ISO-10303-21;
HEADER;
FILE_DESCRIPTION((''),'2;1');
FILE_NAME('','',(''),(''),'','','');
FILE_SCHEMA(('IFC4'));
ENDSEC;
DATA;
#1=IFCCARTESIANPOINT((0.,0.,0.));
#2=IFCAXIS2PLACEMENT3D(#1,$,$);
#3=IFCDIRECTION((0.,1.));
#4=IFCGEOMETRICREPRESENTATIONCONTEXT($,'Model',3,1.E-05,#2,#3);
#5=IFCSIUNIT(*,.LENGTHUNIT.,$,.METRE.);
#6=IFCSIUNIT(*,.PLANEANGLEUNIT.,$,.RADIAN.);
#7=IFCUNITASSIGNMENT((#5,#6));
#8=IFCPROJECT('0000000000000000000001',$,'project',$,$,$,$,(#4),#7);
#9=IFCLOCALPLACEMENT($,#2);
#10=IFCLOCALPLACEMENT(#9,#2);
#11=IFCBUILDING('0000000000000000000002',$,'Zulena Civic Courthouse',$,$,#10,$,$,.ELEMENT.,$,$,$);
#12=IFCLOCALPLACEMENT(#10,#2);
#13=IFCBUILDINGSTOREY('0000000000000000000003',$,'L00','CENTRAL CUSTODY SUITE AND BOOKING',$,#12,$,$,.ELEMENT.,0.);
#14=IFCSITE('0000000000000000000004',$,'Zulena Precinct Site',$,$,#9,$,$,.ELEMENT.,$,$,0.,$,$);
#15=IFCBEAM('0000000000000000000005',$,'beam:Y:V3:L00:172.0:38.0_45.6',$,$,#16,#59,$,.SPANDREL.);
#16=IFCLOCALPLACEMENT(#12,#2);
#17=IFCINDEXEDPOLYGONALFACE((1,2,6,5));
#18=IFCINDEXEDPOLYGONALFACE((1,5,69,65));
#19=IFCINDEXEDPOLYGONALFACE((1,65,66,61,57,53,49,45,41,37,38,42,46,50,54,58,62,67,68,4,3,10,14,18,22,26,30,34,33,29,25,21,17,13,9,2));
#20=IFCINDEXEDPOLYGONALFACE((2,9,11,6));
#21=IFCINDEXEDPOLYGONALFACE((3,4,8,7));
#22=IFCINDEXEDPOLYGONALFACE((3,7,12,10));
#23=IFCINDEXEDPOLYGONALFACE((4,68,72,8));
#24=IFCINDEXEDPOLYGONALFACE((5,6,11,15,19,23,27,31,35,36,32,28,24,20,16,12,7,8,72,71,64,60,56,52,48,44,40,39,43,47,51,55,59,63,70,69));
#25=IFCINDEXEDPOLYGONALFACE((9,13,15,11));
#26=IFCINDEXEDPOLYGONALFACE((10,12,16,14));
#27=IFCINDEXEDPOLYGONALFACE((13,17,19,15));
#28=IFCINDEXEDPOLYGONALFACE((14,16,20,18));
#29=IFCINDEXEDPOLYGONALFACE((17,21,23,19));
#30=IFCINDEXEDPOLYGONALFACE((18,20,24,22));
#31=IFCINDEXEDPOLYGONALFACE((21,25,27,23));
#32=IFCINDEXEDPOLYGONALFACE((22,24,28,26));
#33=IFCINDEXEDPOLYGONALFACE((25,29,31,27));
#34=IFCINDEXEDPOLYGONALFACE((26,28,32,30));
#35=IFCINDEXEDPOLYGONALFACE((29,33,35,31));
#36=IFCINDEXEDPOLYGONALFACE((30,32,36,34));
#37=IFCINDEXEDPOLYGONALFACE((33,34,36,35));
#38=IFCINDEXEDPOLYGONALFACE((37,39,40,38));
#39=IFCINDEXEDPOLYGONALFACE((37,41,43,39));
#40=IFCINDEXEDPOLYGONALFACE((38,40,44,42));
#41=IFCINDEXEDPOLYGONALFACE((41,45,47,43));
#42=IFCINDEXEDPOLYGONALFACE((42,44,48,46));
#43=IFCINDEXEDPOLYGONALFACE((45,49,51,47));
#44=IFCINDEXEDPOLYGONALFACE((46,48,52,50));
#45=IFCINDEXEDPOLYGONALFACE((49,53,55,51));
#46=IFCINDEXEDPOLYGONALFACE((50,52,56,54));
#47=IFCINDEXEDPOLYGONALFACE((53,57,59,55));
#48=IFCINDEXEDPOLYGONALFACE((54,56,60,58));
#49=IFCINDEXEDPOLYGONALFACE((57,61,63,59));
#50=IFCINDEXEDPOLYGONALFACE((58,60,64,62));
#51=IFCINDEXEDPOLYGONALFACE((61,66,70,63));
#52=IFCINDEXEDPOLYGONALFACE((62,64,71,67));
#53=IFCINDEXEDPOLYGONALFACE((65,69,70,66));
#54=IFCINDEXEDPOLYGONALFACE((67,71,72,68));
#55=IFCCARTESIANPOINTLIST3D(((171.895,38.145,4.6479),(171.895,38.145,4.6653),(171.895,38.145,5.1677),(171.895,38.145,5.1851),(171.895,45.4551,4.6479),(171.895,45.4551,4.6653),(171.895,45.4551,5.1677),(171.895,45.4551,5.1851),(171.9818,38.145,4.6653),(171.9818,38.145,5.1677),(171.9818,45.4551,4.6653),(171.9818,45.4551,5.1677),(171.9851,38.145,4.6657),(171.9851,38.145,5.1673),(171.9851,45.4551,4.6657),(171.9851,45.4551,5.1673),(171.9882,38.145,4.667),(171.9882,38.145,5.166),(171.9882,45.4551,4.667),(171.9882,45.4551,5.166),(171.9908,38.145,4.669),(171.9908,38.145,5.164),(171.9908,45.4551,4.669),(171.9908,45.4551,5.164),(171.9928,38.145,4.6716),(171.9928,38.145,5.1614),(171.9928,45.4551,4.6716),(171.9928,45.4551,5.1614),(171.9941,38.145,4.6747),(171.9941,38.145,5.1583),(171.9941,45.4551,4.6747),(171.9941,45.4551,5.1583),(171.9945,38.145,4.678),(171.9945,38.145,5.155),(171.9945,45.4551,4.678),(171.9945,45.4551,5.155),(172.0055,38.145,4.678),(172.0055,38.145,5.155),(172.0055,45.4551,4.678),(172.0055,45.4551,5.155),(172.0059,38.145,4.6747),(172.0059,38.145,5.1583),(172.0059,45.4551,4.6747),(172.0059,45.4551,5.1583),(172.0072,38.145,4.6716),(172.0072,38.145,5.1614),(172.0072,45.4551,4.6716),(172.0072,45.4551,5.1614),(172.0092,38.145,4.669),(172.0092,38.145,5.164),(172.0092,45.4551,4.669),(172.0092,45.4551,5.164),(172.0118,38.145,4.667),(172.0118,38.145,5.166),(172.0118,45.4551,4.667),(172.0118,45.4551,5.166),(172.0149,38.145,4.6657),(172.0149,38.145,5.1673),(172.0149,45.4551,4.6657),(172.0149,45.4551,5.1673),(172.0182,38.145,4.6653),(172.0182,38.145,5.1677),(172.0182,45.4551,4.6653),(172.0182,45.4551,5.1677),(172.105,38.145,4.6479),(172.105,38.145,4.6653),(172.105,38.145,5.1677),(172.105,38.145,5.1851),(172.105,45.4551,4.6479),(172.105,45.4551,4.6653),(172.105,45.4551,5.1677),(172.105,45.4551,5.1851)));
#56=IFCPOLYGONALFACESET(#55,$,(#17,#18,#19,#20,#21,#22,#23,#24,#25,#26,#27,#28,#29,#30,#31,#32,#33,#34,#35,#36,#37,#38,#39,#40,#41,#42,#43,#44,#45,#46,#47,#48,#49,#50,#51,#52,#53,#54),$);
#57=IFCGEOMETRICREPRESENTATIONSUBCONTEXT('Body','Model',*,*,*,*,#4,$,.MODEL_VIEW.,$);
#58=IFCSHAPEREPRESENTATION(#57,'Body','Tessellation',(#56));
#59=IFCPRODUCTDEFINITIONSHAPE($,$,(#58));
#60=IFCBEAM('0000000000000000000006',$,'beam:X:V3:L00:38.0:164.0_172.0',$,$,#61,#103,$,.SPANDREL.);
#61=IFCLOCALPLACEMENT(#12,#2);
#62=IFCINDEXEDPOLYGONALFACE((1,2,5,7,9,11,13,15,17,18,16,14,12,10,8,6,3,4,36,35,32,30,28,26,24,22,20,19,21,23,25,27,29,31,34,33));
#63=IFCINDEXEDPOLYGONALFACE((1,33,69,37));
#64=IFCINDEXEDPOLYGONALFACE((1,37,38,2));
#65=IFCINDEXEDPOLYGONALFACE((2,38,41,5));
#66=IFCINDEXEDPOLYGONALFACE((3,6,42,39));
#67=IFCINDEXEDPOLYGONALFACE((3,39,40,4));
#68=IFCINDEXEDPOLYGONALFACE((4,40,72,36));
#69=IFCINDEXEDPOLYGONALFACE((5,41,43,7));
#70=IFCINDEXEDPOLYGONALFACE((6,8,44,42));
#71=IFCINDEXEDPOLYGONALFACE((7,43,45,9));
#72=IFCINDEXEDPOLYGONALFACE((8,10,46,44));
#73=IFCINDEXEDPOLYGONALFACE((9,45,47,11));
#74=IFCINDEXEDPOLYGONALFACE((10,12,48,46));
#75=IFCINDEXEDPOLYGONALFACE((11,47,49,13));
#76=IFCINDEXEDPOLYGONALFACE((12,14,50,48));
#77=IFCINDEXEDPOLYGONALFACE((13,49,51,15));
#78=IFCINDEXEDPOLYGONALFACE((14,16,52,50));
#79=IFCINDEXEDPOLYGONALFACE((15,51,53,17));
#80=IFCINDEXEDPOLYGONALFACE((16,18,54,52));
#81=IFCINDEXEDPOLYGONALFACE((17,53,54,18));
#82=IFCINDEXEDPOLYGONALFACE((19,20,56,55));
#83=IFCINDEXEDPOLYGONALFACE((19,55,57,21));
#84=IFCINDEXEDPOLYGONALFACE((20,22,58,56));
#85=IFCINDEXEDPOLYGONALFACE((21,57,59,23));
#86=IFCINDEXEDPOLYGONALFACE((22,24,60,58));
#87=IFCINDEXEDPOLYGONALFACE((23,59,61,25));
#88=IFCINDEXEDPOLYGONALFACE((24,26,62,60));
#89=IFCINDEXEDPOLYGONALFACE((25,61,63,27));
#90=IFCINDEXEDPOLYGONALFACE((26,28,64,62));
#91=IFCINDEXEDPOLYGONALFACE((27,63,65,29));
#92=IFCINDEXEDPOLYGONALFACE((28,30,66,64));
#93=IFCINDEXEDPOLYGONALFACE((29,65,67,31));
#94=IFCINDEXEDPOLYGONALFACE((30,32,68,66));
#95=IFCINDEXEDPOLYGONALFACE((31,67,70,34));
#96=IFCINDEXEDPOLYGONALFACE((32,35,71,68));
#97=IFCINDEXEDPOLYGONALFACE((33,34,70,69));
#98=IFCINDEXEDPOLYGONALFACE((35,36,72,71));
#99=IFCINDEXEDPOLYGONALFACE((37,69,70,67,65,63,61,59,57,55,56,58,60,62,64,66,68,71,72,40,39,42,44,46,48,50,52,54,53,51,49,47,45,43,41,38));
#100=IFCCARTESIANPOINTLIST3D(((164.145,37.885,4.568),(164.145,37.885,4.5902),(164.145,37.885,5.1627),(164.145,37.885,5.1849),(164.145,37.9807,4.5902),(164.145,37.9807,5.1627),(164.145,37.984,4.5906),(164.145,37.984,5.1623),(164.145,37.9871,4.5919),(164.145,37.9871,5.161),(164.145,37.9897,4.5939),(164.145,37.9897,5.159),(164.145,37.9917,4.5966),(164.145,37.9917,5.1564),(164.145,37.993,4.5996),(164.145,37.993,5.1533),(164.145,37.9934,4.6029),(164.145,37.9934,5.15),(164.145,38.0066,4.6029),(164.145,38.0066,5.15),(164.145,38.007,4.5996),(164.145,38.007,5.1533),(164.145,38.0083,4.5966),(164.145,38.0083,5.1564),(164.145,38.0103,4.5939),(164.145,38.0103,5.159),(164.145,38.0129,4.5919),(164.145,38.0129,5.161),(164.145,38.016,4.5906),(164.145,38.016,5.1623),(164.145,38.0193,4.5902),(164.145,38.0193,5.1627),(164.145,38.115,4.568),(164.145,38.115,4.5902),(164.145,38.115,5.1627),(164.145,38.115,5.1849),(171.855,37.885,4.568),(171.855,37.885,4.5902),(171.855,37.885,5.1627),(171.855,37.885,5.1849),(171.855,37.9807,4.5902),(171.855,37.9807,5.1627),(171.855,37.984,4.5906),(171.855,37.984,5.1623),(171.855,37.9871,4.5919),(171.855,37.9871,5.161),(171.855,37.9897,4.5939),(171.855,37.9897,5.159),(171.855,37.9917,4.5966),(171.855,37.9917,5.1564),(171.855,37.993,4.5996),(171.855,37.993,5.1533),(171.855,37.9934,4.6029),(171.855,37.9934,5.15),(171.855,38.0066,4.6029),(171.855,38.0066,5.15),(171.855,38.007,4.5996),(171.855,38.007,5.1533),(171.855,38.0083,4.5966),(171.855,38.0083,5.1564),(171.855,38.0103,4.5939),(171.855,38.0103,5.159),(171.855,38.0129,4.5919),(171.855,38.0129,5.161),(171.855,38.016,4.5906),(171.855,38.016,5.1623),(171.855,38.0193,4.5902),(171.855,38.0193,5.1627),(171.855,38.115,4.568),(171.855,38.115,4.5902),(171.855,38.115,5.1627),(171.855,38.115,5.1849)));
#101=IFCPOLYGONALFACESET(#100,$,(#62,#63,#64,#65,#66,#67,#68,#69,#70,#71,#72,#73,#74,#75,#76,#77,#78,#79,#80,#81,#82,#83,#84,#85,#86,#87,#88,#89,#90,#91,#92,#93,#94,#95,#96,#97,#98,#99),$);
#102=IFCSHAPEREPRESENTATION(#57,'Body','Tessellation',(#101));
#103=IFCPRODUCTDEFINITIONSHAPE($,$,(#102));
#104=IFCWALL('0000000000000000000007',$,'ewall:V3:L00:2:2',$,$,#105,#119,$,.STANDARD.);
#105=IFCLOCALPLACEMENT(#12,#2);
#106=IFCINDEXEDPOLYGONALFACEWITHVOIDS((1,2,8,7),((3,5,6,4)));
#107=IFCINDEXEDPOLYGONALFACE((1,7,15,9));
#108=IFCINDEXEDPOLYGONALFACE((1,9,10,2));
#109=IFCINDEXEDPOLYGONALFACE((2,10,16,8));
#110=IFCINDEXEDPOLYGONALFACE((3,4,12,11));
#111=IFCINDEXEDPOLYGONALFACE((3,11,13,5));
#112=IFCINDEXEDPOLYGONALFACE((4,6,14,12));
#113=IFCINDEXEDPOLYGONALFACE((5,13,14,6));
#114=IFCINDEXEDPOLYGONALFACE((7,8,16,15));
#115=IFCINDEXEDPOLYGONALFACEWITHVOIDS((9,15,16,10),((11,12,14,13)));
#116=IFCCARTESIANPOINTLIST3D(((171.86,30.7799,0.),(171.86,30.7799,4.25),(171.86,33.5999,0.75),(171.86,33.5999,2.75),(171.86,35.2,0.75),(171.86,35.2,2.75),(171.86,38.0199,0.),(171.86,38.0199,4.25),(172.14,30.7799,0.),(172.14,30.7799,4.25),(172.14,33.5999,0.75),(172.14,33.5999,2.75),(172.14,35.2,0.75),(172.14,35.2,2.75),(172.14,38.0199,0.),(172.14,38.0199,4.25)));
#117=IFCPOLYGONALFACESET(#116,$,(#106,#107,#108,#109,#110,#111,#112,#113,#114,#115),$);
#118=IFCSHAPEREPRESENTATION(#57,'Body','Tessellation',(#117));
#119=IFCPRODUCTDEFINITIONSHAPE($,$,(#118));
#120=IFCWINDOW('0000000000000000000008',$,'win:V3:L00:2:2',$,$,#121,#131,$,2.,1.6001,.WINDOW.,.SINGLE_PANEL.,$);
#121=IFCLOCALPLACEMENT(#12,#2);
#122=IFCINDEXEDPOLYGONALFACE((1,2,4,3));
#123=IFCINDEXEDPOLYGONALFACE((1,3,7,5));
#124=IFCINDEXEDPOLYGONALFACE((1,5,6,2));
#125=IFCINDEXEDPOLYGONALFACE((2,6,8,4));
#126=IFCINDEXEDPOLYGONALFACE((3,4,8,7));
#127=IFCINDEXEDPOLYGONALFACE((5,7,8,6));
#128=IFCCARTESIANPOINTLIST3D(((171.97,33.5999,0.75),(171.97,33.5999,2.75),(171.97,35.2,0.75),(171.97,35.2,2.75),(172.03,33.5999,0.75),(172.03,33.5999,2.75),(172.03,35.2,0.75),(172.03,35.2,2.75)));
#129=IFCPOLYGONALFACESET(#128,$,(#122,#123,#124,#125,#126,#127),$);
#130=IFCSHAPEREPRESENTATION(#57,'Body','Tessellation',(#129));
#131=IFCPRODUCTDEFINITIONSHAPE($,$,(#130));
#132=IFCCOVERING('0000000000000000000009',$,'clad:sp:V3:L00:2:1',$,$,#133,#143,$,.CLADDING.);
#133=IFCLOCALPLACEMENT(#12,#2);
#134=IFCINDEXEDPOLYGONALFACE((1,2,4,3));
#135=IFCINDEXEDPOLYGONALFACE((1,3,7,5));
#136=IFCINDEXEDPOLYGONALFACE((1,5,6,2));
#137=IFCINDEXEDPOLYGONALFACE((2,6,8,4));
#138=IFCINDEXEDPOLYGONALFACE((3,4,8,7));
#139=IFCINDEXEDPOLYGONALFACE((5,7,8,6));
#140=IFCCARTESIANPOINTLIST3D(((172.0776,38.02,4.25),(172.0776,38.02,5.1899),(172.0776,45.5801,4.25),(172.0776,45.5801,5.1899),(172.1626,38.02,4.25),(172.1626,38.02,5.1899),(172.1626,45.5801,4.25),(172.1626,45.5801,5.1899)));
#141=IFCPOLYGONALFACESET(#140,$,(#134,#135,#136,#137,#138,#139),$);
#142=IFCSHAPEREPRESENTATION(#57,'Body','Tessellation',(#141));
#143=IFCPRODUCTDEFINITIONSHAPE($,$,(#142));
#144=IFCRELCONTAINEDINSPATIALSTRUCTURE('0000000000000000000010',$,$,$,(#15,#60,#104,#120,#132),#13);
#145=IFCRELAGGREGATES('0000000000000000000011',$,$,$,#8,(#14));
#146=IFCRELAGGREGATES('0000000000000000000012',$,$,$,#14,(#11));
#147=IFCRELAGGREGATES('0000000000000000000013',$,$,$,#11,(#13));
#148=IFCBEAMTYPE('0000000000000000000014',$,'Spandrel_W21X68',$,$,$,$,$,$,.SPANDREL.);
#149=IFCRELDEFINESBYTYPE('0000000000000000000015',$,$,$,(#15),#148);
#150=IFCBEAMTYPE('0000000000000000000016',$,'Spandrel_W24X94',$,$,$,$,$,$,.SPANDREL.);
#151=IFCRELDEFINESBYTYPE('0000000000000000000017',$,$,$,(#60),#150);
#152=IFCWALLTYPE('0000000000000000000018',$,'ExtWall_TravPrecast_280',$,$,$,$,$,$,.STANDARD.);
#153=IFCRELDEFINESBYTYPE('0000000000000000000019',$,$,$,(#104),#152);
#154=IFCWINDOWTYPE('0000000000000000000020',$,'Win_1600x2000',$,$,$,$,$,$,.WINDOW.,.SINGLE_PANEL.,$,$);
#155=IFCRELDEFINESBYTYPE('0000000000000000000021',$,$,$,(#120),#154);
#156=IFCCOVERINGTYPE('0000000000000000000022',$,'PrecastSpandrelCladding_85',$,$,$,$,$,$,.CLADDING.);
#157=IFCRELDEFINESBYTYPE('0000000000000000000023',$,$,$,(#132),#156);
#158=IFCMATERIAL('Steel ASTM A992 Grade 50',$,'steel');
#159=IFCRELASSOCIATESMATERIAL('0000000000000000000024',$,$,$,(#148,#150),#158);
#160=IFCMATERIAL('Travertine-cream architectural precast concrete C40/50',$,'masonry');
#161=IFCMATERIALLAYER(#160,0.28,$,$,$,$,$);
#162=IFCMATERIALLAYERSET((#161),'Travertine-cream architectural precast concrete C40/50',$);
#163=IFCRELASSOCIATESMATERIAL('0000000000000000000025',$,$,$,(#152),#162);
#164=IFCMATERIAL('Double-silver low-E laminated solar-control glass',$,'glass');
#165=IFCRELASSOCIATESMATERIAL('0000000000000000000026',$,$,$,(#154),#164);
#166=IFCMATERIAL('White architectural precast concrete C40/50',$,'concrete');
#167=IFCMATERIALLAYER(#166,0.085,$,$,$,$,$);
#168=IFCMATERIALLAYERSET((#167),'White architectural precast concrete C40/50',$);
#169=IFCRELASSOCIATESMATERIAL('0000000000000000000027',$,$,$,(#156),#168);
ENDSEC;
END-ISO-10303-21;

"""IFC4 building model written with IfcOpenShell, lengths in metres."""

from ifc_helpers import new_model, si_unit, direction, frame, frame_2d, origin, origin_2d, place, context, subcontext, project, spatial, rectangle, i_section, extrude, material, layer, layer_set, material_profile, profile_set, type_object, element, fill, save


model = new_model("IFC4")

# Units and contexts
model_context = context("Model", 3, precision=1e-05, world=origin(), true_north=direction((0.0, 1.0)))
body_context = subcontext(model_context, "Body", "Model", "MODEL_VIEW")
ifc_project = project(units=[si_unit("LENGTHUNIT", "METRE"), si_unit("PLANEANGLEUNIT", "RADIAN")], contexts=[model_context])

# Site, building, storey
site_placement = place(None, origin())
site = spatial("IfcSite", under=ifc_project, at=site_placement, Name="Zulena Precinct Site", CompositionType="ELEMENT", RefElevation=0.0)
building_placement = place(site_placement, origin())
building = spatial("IfcBuilding", under=site, at=building_placement, Name="Zulena Civic Courthouse", CompositionType="ELEMENT")
storey_placement = place(building_placement, origin())
storey = spatial("IfcBuildingStorey", under=building, at=storey_placement, Name="L00", Description="CENTRAL CUSTODY SUITE AND BOOKING", CompositionType="ELEMENT", Elevation=0.0)

# Shared definitions
ifc_material_1 = material(Name="Steel ASTM A992 Grade 50", Category="steel")

# Beams
ifc_material_profile_1 = material_profile(ifc_material_1, i_section(OverallWidth=0.21, OverallDepth=0.5371, WebThickness=0.011, FlangeThickness=0.0173, FilletRadius=0.0127, at=origin_2d()), Name="W21X68")
ifc_profile_set_1 = profile_set([ifc_material_profile_1], Name="Steel ASTM A992 Grade 50")
beam_type_1 = type_object("IfcBeamType", Name="Spandrel_W21X68", PredefinedType="SPANDREL", material=ifc_profile_set_1)
beam_1_placement = place(storey_placement, frame((172.0, 38.145, 4.9165), z_axis=(0.0, 1.0, 0.0), x_axis=(-1.0, 0.0, 0.0)))
element("IfcBeam", 1, at=beam_1_placement, inside=storey, type_object=beam_type_1, Name="beam:Y:V3:L00:172.0:38.0_45.6", PredefinedType="SPANDREL", context=body_context, shape_type="SweptSolid", body=[
    extrude(i_section(OverallWidth=0.21, OverallDepth=0.5371, WebThickness=0.011, FlangeThickness=0.0173, FilletRadius=0.0127, at=origin_2d()), origin(), (0.0, 0.0, 1.0), 7.3101),
])
ifc_material_profile_2 = material_profile(ifc_material_1, i_section(OverallWidth=0.23, OverallDepth=0.6169, WebThickness=0.0132, FlangeThickness=0.0222, FilletRadius=0.0127, at=origin_2d()), Name="W24X94")
ifc_profile_set_2 = profile_set([ifc_material_profile_2], Name="Steel ASTM A992 Grade 50")
beam_type_2 = type_object("IfcBeamType", Name="Spandrel_W24X94", PredefinedType="SPANDREL", material=ifc_profile_set_2)
beam_2_placement = place(storey_placement, frame((164.145, 38.0, 4.8765), z_axis=(1.0, 0.0, 0.0), x_axis=(0.0, 1.0, 0.0)))
element("IfcBeam", 2, at=beam_2_placement, inside=storey, type_object=beam_type_2, Name="beam:X:V3:L00:38.0:164.0_172.0", PredefinedType="SPANDREL", context=body_context, shape_type="SweptSolid", body=[
    extrude(i_section(OverallWidth=0.23, OverallDepth=0.6169, WebThickness=0.0132, FlangeThickness=0.0222, FilletRadius=0.0127, at=origin_2d()), origin(), (0.0, 0.0, 1.0), 7.71),
])

# Wall, opening, window
ifc_material_2 = material(Name="Travertine-cream architectural precast concrete C40/50", Category="masonry")
ifc_layer_1 = layer(ifc_material_2, 0.28)
ifc_layer_set_1 = layer_set([ifc_layer_1], Name="Travertine-cream architectural precast concrete C40/50")
wall_type = type_object("IfcWallType", Name="ExtWall_TravPrecast_280", PredefinedType="STANDARD", material=ifc_layer_set_1)
wall_placement = place(storey_placement, frame((172.0, 38.02, 0.0), z_axis=(0.0, 0.0, 1.0), x_axis=(0.0, -1.0, 0.0)))
wall = element("IfcWall", 3, at=wall_placement, inside=storey, type_object=wall_type, Name="ewall:V3:L00:2:2", PredefinedType="STANDARD", context=body_context, shape_type="SweptSolid", body=[
    extrude(rectangle(XDim=7.24, YDim=0.28, at=frame_2d((3.6201, 0.0))), origin(), (0.0, 0.0, 1.0), 4.25),
])
opening_placement = place(wall_placement, frame((2.8201, 0.0, 0.75)))
opening = element("IfcOpeningElement", 4, at=opening_placement, cuts=wall, PredefinedType="OPENING", context=body_context, shape_type="SweptSolid", body=[
    extrude(rectangle(XDim=1.6001, YDim=2.0, at=frame_2d((0.8, 1.0))), frame((0.0, 0.1499, 0.0), z_axis=(0.0, -1.0, 0.0), x_axis=(1.0, 0.0, 0.0)), (0.0, 0.0, 1.0), 0.3),
])
ifc_material_3 = material(Name="Double-silver low-E laminated solar-control glass", Category="glass")
window_type = type_object("IfcWindowType", Name="Win_1600x2000", PartitioningType="SINGLE_PANEL", PredefinedType="WINDOW", material=ifc_material_3)
window_placement = place(opening_placement, origin())
window = element("IfcWindow", 5, at=window_placement, inside=storey, type_object=window_type, Name="win:V3:L00:2:2", OverallHeight=2.0, OverallWidth=1.6001, PartitioningType="SINGLE_PANEL", PredefinedType="WINDOW", context=body_context, shape_type="SweptSolid", body=[
    extrude(rectangle(XDim=1.6001, YDim=2.0, at=frame_2d((0.8, 1.0))), frame((0.0, 0.03, 0.0), z_axis=(0.0, -1.0, 0.0), x_axis=(1.0, 0.0, 0.0)), (0.0, 0.0, 1.0), 0.0601),
])
fill(opening, window)

# Covering
ifc_material_4 = material(Name="White architectural precast concrete C40/50", Category="concrete")
ifc_layer_2 = layer(ifc_material_4, 0.085)
ifc_layer_set_2 = layer_set([ifc_layer_2], Name="White architectural precast concrete C40/50")
covering_type = type_object("IfcCoveringType", Name="PrecastSpandrelCladding_85", PredefinedType="CLADDING", material=ifc_layer_set_2)
covering_placement = place(storey_placement, frame((172.1201, 41.8, 4.25), z_axis=(0.0, 0.0, 1.0), x_axis=(0.0, -1.0, 0.0)))
element("IfcCovering", 6, at=covering_placement, inside=storey, type_object=covering_type, Name="clad:sp:V3:L00:2:1", PredefinedType="CLADDING", context=body_context, shape_type="SweptSolid", body=[
    extrude(rectangle(XDim=7.5601, YDim=0.085, at=origin_2d()), origin(), (0.0, 0.0, 1.0), 0.9399),
])

save(model, "model.ifc")
